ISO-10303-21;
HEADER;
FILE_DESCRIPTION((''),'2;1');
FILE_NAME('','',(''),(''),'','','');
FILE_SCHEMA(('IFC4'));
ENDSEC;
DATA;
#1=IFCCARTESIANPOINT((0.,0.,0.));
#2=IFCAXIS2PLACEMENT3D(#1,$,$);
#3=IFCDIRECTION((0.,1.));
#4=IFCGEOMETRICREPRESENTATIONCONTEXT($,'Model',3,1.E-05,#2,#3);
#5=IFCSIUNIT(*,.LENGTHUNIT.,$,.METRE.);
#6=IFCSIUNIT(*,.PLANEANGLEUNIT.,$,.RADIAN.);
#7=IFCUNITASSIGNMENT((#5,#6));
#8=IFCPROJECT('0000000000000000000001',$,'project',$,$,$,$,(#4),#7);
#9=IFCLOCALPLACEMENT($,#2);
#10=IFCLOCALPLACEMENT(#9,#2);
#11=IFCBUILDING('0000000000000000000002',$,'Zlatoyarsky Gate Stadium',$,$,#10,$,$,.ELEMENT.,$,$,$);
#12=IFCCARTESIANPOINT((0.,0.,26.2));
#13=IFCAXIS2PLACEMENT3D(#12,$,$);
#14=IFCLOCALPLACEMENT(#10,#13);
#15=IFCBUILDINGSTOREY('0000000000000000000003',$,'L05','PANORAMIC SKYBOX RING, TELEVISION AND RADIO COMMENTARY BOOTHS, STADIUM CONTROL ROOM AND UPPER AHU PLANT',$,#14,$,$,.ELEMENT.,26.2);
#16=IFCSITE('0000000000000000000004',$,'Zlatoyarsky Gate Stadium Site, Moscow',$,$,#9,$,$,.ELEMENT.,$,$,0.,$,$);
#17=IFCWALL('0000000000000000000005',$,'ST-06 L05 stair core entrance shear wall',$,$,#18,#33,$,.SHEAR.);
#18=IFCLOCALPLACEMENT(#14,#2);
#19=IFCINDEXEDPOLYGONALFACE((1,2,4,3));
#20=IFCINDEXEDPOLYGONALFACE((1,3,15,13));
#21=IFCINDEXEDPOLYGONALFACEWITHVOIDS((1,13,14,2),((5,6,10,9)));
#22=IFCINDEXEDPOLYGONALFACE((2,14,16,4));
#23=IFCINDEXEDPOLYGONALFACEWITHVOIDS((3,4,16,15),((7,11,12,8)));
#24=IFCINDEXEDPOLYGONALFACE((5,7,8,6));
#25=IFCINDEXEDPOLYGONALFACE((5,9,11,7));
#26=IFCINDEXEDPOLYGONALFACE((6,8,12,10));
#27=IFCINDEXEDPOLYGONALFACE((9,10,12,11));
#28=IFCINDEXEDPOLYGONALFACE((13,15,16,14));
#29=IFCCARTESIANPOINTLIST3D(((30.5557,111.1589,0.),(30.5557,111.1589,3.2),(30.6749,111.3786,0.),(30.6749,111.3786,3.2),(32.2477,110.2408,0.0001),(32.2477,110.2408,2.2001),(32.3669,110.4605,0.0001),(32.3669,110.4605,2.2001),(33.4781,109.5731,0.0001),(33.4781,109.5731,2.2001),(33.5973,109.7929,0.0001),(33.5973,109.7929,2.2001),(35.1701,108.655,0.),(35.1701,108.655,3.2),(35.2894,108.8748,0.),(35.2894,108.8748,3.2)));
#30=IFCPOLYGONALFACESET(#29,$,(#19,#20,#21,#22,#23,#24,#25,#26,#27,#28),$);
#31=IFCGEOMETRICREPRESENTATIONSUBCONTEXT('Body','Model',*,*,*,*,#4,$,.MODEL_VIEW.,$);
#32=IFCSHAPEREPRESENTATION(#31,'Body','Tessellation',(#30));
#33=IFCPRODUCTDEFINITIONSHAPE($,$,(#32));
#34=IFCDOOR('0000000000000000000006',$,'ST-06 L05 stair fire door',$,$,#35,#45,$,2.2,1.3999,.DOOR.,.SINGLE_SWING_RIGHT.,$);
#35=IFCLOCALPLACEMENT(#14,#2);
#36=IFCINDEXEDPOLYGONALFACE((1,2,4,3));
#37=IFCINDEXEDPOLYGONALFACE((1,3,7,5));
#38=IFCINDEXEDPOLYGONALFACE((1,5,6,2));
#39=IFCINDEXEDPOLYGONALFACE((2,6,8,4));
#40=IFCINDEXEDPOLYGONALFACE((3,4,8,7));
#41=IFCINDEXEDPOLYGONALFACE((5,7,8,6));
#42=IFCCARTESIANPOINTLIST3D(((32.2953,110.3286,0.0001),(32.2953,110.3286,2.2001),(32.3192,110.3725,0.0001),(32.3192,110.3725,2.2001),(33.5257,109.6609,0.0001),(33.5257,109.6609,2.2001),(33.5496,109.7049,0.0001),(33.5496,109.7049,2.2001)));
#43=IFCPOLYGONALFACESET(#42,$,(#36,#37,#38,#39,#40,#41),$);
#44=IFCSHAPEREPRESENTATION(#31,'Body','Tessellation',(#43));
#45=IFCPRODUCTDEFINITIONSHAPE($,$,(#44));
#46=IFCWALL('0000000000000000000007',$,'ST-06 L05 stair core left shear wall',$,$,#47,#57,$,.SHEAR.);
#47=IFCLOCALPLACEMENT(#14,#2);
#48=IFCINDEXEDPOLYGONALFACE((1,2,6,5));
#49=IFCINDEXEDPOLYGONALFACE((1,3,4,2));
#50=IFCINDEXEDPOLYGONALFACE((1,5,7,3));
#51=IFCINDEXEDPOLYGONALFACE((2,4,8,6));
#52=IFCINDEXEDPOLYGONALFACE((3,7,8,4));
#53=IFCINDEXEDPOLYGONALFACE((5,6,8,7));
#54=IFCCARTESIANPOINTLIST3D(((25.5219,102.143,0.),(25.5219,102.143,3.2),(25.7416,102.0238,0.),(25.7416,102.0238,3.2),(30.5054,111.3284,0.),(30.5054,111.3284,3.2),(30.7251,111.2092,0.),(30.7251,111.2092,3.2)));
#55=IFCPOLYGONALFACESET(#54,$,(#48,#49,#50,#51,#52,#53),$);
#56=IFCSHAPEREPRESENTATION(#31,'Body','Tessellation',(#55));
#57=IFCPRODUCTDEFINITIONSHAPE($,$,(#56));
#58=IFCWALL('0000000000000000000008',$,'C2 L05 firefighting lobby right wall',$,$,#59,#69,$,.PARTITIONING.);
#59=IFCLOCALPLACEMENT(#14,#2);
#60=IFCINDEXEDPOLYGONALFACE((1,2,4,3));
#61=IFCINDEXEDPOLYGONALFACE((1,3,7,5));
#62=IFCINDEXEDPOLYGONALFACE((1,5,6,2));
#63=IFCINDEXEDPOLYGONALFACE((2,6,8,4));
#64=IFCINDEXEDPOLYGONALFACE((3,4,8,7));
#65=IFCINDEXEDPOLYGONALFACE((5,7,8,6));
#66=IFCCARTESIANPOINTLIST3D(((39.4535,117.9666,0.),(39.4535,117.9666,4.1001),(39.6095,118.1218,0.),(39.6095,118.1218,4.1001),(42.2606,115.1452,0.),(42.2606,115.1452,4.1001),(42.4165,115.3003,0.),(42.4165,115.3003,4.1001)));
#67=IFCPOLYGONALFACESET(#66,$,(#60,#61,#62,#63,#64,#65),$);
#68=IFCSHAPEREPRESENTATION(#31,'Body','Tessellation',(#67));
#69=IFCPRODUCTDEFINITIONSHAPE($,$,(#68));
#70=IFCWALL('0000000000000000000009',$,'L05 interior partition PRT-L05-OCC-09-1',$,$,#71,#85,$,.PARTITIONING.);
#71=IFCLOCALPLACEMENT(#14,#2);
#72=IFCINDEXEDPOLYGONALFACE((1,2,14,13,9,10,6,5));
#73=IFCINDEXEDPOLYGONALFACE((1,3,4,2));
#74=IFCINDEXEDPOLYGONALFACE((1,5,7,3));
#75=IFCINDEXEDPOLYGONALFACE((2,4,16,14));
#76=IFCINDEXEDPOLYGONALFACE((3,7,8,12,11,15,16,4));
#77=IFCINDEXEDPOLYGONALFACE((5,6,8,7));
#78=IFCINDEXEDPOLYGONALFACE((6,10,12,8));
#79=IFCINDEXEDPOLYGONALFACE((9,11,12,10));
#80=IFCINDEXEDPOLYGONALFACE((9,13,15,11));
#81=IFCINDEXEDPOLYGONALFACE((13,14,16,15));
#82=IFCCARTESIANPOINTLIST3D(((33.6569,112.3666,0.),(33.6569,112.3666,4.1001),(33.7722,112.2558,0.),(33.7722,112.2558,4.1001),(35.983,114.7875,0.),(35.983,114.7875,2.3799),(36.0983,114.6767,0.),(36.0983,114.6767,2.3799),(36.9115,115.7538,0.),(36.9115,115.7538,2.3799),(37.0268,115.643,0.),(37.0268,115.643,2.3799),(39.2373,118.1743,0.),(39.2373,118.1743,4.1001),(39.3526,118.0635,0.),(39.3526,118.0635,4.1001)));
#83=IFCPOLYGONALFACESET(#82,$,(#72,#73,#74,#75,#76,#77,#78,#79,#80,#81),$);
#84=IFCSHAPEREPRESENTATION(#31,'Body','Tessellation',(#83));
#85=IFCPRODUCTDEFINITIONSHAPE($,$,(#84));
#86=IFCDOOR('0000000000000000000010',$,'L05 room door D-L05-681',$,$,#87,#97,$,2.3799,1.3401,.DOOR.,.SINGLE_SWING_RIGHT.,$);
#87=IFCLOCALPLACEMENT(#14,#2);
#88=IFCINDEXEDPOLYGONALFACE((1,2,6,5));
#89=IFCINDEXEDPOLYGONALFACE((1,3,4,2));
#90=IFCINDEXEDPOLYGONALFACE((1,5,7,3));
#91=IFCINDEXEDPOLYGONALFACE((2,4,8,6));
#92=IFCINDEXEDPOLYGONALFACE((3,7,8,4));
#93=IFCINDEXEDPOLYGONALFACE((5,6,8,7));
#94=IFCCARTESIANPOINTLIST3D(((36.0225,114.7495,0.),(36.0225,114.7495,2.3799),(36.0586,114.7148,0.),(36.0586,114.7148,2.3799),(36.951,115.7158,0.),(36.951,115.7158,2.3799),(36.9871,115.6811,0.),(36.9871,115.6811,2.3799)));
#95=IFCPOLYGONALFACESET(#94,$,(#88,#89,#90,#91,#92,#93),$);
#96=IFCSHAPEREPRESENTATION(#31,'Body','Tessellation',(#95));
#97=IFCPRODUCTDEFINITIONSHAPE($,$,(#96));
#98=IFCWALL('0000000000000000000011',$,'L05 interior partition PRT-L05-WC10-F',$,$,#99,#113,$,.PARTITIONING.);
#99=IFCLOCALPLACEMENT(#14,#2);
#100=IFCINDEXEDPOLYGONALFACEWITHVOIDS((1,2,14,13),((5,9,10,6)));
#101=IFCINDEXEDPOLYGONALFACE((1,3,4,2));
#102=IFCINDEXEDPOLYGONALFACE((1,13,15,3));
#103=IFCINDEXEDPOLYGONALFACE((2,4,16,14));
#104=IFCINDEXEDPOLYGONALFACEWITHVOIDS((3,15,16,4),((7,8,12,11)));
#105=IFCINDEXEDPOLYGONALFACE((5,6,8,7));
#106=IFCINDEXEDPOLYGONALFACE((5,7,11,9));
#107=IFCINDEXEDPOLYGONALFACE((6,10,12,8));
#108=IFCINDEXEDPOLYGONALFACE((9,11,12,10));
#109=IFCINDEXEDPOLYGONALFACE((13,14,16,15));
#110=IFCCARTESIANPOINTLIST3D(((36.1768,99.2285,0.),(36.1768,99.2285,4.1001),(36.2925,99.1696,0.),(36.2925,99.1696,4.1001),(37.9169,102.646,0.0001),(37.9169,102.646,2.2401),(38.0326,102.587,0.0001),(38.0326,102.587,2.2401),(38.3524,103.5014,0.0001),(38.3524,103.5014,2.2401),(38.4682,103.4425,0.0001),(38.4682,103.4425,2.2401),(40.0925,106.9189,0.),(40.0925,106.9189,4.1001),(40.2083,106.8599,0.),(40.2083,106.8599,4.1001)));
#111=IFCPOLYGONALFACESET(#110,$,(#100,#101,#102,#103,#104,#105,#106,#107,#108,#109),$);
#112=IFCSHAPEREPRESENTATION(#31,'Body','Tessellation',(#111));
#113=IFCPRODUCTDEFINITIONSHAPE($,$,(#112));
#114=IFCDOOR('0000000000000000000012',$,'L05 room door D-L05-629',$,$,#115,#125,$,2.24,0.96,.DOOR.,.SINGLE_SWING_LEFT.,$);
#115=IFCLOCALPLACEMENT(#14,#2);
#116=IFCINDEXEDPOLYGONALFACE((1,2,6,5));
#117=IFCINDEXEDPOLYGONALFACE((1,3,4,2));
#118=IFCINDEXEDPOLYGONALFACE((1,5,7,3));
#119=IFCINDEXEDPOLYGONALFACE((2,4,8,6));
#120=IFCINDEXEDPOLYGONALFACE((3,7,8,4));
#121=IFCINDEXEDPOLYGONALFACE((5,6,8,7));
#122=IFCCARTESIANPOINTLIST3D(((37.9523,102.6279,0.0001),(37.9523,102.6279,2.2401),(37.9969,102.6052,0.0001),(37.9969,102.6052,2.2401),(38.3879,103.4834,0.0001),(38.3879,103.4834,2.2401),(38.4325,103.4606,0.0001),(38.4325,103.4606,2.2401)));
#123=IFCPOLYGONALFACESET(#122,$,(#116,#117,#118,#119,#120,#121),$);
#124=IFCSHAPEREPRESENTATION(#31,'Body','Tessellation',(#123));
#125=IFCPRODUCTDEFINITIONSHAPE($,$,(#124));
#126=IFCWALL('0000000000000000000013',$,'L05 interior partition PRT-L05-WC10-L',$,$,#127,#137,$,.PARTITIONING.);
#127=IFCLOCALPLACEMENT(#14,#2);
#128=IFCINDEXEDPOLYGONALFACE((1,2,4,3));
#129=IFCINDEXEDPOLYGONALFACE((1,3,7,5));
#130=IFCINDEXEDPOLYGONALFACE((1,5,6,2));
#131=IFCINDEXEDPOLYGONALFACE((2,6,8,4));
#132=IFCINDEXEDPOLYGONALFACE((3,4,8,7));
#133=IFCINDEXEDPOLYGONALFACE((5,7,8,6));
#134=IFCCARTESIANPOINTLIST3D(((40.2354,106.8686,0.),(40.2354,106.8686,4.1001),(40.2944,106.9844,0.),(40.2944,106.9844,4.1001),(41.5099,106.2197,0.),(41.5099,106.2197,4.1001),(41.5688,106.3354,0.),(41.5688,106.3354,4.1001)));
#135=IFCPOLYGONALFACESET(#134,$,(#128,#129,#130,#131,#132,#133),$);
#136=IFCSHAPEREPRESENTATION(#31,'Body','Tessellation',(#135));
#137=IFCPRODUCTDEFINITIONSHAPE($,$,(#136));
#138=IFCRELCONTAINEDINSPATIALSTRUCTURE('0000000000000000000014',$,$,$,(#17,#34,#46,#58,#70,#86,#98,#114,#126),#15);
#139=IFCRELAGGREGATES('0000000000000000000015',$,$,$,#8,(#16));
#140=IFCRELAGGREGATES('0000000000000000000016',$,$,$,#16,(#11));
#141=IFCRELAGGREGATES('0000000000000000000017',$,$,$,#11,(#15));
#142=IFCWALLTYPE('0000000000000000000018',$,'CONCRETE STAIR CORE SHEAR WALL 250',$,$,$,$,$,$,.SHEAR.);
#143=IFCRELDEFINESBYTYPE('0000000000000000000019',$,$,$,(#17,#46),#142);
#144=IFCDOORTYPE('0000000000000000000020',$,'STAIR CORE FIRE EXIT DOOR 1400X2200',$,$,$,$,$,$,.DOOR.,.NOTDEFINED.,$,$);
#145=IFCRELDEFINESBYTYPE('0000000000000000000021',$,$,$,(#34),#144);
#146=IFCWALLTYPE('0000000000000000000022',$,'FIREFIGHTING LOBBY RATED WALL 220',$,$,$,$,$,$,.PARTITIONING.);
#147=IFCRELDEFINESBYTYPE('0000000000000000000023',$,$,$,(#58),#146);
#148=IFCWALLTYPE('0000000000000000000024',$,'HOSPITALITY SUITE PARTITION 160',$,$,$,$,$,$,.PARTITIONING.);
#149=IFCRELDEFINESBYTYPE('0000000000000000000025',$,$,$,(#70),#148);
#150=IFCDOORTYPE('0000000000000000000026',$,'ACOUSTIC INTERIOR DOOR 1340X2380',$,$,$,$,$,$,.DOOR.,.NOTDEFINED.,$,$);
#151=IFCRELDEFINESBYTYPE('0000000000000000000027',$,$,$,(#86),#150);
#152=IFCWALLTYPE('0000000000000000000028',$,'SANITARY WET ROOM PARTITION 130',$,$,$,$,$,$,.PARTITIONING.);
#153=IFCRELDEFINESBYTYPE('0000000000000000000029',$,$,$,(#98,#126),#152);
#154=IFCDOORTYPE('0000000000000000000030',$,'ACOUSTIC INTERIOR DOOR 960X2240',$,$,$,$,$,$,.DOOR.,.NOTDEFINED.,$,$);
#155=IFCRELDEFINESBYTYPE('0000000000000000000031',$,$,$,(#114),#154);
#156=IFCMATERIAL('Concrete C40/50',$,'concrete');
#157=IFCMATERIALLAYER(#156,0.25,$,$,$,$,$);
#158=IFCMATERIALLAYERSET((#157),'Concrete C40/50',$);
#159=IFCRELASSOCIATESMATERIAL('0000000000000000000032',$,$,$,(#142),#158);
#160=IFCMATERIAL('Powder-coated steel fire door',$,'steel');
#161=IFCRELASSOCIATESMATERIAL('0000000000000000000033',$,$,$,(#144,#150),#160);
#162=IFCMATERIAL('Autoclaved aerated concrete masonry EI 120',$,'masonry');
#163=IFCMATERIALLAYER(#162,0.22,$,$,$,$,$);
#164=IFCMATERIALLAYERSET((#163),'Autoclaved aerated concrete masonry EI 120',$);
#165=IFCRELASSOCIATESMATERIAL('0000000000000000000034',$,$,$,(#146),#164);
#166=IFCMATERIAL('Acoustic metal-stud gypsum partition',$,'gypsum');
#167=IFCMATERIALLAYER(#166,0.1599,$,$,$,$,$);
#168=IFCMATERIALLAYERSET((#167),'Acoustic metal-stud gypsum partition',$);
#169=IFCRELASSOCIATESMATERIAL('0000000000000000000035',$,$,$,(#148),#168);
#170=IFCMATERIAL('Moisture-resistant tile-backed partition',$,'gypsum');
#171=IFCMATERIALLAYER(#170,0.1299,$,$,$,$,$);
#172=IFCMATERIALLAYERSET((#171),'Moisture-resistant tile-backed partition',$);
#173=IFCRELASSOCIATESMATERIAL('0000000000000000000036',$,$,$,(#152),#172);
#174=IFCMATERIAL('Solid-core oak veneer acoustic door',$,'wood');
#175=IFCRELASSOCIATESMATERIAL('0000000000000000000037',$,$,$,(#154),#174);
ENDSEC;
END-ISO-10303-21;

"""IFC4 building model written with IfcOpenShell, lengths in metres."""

from ifc_helpers import new_model, si_unit, direction, frame, frame_2d, origin, place, context, subcontext, project, spatial, rectangle, extrude, material, layer, layer_set, type_object, element, fill, save


model = new_model("IFC4")

# Units and contexts
model_context = context("Model", 3, precision=1e-05, world=origin(), true_north=direction((0.0, 1.0)))
body_context = subcontext(model_context, "Body", "Model", "MODEL_VIEW")
ifc_project = project(units=[si_unit("LENGTHUNIT", "METRE"), si_unit("PLANEANGLEUNIT", "RADIAN")], contexts=[model_context])

# Site, building, storey
site_placement = place(None, origin())
site = spatial("IfcSite", under=ifc_project, at=site_placement, Name="Zlatoyarsky Gate Stadium Site, Moscow", CompositionType="ELEMENT", RefElevation=0.0)
building_placement = place(site_placement, origin())
building = spatial("IfcBuilding", under=site, at=building_placement, Name="Zlatoyarsky Gate Stadium", CompositionType="ELEMENT")
storey_placement = place(building_placement, frame((0.0, 0.0, 26.2)))
storey = spatial("IfcBuildingStorey", under=building, at=storey_placement, Name="L05", Description="PANORAMIC SKYBOX RING, TELEVISION AND RADIO COMMENTARY BOOTHS, STADIUM CONTROL ROOM AND UPPER AHU PLANT", CompositionType="ELEMENT", Elevation=26.2)

# Shared definitions
ifc_material_1 = material(Name="Concrete C40/50", Category="concrete")

# Wall, opening, door
ifc_layer_1 = layer(ifc_material_1, 0.25)
ifc_layer_set_1 = layer_set([ifc_layer_1], Name="Concrete C40/50")
wall_type_1 = type_object("IfcWallType", Name="CONCRETE STAIR CORE SHEAR WALL 250", PredefinedType="SHEAR", material=ifc_layer_set_1)
wall_1_placement = place(storey_placement, frame((35.2297, 108.7649, 0.0), z_axis=(0.0, 0.0, 1.0), x_axis=(-0.878942, 0.476929, 0.0)))
wall_1 = element("IfcWall", 1, at=wall_1_placement, inside=storey, type_object=wall_type_1, Name="ST-06 L05 stair core entrance shear wall", PredefinedType="SHEAR", context=body_context, shape_type="SweptSolid", body=[
    extrude(rectangle(XDim=5.25, YDim=0.25, at=frame_2d((2.625, 0.0))), origin(), (0.0, 0.0, 1.0), 3.2),
])
opening_1_placement = place(wall_1_placement, frame((1.925, 0.0, 0.0)))
opening_1 = element("IfcOpeningElement", 2, at=opening_1_placement, cuts=wall_1, PredefinedType="OPENING", context=body_context, shape_type="SweptSolid", body=[
    extrude(rectangle(XDim=1.3999, YDim=2.2, at=frame_2d((0.7, 1.1001))), frame((0.0, 0.135, 0.0), z_axis=(0.0, -1.0, 0.0), x_axis=(1.0, 0.0, 0.0)), (0.0, 0.0, 1.0), 0.27),
])
ifc_material_2 = material(Name="Powder-coated steel fire door", Category="steel")
door_type_1 = type_object("IfcDoorType", Name="STAIR CORE FIRE EXIT DOOR 1400X2200", OperationType="NOTDEFINED", PredefinedType="DOOR", material=ifc_material_2)
door_1_placement = place(opening_1_placement, frame((1.3999, 0.0, 0.0), z_axis=(0.0, 0.0, 1.0), x_axis=(-1.0, 0.0, 0.0)))
door_1 = element("IfcDoor", 3, at=door_1_placement, inside=storey, type_object=door_type_1, Name="ST-06 L05 stair fire door", OperationType="SINGLE_SWING_RIGHT", OverallHeight=2.2, OverallWidth=1.3999, PredefinedType="DOOR", context=body_context, shape_type="SweptSolid", body=[
    extrude(rectangle(XDim=1.3999, YDim=2.2, at=frame_2d((0.7, 1.1001))), frame((0.0, 0.0249, 0.0), z_axis=(0.0, -1.0, 0.0), x_axis=(1.0, 0.0, 0.0)), (0.0, 0.0, 1.0), 0.05),
])
fill(opening_1, door_1)

# Walls
wall_2_placement = place(storey_placement, frame((30.6152, 111.2688, 0.0), z_axis=(0.0, 0.0, 1.0), x_axis=(-0.476877, -0.87897, 0.0)))
element("IfcWall", 4, at=wall_2_placement, inside=storey, type_object=wall_type_1, Name="ST-06 L05 stair core left shear wall", PredefinedType="SHEAR", context=body_context, shape_type="SweptSolid", body=[
    extrude(rectangle(XDim=10.4502, YDim=0.25, at=frame_2d((5.2251, 0.0))), origin(), (0.0, 0.0, 1.0), 3.2),
])
ifc_material_3 = material(Name="Autoclaved aerated concrete masonry EI 120", Category="masonry")
ifc_layer_2 = layer(ifc_material_3, 0.22)
ifc_layer_set_2 = layer_set([ifc_layer_2], Name="Autoclaved aerated concrete masonry EI 120")
wall_type_2 = type_object("IfcWallType", Name="FIREFIGHTING LOBBY RATED WALL 220", PredefinedType="PARTITIONING", material=ifc_layer_set_2)
wall_3_placement = place(storey_placement, frame((39.5315, 118.0442, 0.0), z_axis=(0.0, 0.0, 1.0), x_axis=(0.705295, -0.708914, 0.0)))
element("IfcWall", 5, at=wall_3_placement, inside=storey, type_object=wall_type_2, Name="C2 L05 firefighting lobby right wall", PredefinedType="PARTITIONING", context=body_context, shape_type="SweptSolid", body=[
    extrude(rectangle(XDim=3.98, YDim=0.22, at=frame_2d((1.99, 0.0))), origin(), (0.0, 0.0, 1.0), 4.1001),
])

# Walls, openings, doors
ifc_material_4 = material(Name="Acoustic metal-stud gypsum partition", Category="gypsum")
ifc_layer_3 = layer(ifc_material_4, 0.1599)
ifc_layer_set_3 = layer_set([ifc_layer_3], Name="Acoustic metal-stud gypsum partition")
wall_type_3 = type_object("IfcWallType", Name="HOSPITALITY SUITE PARTITION 160", PredefinedType="PARTITIONING", material=ifc_layer_set_3)
wall_4_placement = place(storey_placement, frame((39.2949, 118.1189, 0.0), z_axis=(0.0, 0.0, 1.0), x_axis=(-0.692855, -0.721076, 0.0)))
wall_4 = element("IfcWall", 6, at=wall_4_placement, inside=storey, type_object=wall_type_3, Name="L05 interior partition PRT-L05-OCC-09-1", PredefinedType="PARTITIONING", context=body_context, shape_type="SweptSolid", body=[
    extrude(rectangle(XDim=8.0542, YDim=0.1599, at=frame_2d((4.0271, 0.0))), origin(), (0.0, 0.0, 1.0), 4.1001),
])
opening_2_placement = place(wall_4_placement, frame((3.3569, 0.0, 0.0)))
opening_2 = element("IfcOpeningElement", 7, at=opening_2_placement, cuts=wall_4, PredefinedType="OPENING", context=body_context, shape_type="SweptSolid", body=[
    extrude(rectangle(XDim=1.3401, YDim=2.3799, at=frame_2d((0.6699, 1.1899))), frame((0.0, 0.0898, 0.0), z_axis=(0.0, -1.0, 0.0), x_axis=(1.0, 0.0, 0.0)), (0.0, 0.0, 1.0), 0.1799),
])
door_type_2 = type_object("IfcDoorType", Name="ACOUSTIC INTERIOR DOOR 1340X2380", OperationType="NOTDEFINED", PredefinedType="DOOR", material=ifc_material_2)
door_2_placement = place(opening_2_placement, origin())
door_2 = element("IfcDoor", 8, at=door_2_placement, inside=storey, type_object=door_type_2, Name="L05 room door D-L05-681", OperationType="SINGLE_SWING_RIGHT", OverallHeight=2.3799, OverallWidth=1.3401, PredefinedType="DOOR", context=body_context, shape_type="SweptSolid", body=[
    extrude(rectangle(XDim=1.3401, YDim=2.3799, at=frame_2d((0.6699, 1.1899))), frame((0.0, 0.0249, 0.0), z_axis=(0.0, -1.0, 0.0), x_axis=(1.0, 0.0, 0.0)), (0.0, 0.0, 1.0), 0.05),
])
fill(opening_2, door_2)
ifc_material_5 = material(Name="Moisture-resistant tile-backed partition", Category="gypsum")
ifc_layer_4 = layer(ifc_material_5, 0.1299)
ifc_layer_set_4 = layer_set([ifc_layer_4], Name="Moisture-resistant tile-backed partition")
wall_type_4 = type_object("IfcWallType", Name="SANITARY WET ROOM PARTITION 130", PredefinedType="PARTITIONING", material=ifc_layer_set_4)
wall_5_placement = place(storey_placement, frame((40.1504, 106.8894, 0.0), z_axis=(0.0, 0.0, 1.0), x_axis=(-0.453742, -0.891133, 0.0)))
wall_5 = element("IfcWall", 9, at=wall_5_placement, inside=storey, type_object=wall_type_4, Name="L05 interior partition PRT-L05-WC10-F", PredefinedType="PARTITIONING", context=body_context, shape_type="SweptSolid", body=[
    extrude(rectangle(XDim=8.6299, YDim=0.1299, at=frame_2d((4.3149, 0.0))), origin(), (0.0, 0.0, 1.0), 4.1001),
])
opening_3_placement = place(wall_5_placement, frame((3.835, 0.0, 0.0)))
opening_3 = element("IfcOpeningElement", 10, at=opening_3_placement, cuts=wall_5, PredefinedType="OPENING", context=body_context, shape_type="SweptSolid", body=[
    extrude(rectangle(XDim=0.96, YDim=2.24, at=frame_2d((0.48, 1.1201))), frame((0.0, 0.075, 0.0), z_axis=(0.0, -1.0, 0.0), x_axis=(1.0, 0.0, 0.0)), (0.0, 0.0, 1.0), 0.1499),
])
ifc_material_6 = material(Name="Solid-core oak veneer acoustic door", Category="wood")
door_type_3 = type_object("IfcDoorType", Name="ACOUSTIC INTERIOR DOOR 960X2240", OperationType="NOTDEFINED", PredefinedType="DOOR", material=ifc_material_6)
door_3_placement = place(opening_3_placement, origin())
door_3 = element("IfcDoor", 11, at=door_3_placement, inside=storey, type_object=door_type_3, Name="L05 room door D-L05-629", OperationType="SINGLE_SWING_LEFT", OverallHeight=2.24, OverallWidth=0.96, PredefinedType="DOOR", context=body_context, shape_type="SweptSolid", body=[
    extrude(rectangle(XDim=0.96, YDim=2.24, at=frame_2d((0.48, 1.1201))), frame((0.0, 0.0249, 0.0), z_axis=(0.0, -1.0, 0.0), x_axis=(1.0, 0.0, 0.0)), (0.0, 0.0, 1.0), 0.05),
])
fill(opening_3, door_3)

# Wall
wall_6_placement = place(storey_placement, frame((40.2649, 106.9265, 0.0), z_axis=(0.0, 0.0, 1.0), x_axis=(0.891125, -0.453757, 0.0)))
element("IfcWall", 12, at=wall_6_placement, inside=storey, type_object=wall_type_4, Name="L05 interior partition PRT-L05-WC10-L", PredefinedType="PARTITIONING", context=body_context, shape_type="SweptSolid", body=[
    extrude(rectangle(XDim=1.4302, YDim=0.1299, at=frame_2d((0.7151, 0.0))), origin(), (0.0, 0.0, 1.0), 4.1001),
])

save(model, "model.ifc")
